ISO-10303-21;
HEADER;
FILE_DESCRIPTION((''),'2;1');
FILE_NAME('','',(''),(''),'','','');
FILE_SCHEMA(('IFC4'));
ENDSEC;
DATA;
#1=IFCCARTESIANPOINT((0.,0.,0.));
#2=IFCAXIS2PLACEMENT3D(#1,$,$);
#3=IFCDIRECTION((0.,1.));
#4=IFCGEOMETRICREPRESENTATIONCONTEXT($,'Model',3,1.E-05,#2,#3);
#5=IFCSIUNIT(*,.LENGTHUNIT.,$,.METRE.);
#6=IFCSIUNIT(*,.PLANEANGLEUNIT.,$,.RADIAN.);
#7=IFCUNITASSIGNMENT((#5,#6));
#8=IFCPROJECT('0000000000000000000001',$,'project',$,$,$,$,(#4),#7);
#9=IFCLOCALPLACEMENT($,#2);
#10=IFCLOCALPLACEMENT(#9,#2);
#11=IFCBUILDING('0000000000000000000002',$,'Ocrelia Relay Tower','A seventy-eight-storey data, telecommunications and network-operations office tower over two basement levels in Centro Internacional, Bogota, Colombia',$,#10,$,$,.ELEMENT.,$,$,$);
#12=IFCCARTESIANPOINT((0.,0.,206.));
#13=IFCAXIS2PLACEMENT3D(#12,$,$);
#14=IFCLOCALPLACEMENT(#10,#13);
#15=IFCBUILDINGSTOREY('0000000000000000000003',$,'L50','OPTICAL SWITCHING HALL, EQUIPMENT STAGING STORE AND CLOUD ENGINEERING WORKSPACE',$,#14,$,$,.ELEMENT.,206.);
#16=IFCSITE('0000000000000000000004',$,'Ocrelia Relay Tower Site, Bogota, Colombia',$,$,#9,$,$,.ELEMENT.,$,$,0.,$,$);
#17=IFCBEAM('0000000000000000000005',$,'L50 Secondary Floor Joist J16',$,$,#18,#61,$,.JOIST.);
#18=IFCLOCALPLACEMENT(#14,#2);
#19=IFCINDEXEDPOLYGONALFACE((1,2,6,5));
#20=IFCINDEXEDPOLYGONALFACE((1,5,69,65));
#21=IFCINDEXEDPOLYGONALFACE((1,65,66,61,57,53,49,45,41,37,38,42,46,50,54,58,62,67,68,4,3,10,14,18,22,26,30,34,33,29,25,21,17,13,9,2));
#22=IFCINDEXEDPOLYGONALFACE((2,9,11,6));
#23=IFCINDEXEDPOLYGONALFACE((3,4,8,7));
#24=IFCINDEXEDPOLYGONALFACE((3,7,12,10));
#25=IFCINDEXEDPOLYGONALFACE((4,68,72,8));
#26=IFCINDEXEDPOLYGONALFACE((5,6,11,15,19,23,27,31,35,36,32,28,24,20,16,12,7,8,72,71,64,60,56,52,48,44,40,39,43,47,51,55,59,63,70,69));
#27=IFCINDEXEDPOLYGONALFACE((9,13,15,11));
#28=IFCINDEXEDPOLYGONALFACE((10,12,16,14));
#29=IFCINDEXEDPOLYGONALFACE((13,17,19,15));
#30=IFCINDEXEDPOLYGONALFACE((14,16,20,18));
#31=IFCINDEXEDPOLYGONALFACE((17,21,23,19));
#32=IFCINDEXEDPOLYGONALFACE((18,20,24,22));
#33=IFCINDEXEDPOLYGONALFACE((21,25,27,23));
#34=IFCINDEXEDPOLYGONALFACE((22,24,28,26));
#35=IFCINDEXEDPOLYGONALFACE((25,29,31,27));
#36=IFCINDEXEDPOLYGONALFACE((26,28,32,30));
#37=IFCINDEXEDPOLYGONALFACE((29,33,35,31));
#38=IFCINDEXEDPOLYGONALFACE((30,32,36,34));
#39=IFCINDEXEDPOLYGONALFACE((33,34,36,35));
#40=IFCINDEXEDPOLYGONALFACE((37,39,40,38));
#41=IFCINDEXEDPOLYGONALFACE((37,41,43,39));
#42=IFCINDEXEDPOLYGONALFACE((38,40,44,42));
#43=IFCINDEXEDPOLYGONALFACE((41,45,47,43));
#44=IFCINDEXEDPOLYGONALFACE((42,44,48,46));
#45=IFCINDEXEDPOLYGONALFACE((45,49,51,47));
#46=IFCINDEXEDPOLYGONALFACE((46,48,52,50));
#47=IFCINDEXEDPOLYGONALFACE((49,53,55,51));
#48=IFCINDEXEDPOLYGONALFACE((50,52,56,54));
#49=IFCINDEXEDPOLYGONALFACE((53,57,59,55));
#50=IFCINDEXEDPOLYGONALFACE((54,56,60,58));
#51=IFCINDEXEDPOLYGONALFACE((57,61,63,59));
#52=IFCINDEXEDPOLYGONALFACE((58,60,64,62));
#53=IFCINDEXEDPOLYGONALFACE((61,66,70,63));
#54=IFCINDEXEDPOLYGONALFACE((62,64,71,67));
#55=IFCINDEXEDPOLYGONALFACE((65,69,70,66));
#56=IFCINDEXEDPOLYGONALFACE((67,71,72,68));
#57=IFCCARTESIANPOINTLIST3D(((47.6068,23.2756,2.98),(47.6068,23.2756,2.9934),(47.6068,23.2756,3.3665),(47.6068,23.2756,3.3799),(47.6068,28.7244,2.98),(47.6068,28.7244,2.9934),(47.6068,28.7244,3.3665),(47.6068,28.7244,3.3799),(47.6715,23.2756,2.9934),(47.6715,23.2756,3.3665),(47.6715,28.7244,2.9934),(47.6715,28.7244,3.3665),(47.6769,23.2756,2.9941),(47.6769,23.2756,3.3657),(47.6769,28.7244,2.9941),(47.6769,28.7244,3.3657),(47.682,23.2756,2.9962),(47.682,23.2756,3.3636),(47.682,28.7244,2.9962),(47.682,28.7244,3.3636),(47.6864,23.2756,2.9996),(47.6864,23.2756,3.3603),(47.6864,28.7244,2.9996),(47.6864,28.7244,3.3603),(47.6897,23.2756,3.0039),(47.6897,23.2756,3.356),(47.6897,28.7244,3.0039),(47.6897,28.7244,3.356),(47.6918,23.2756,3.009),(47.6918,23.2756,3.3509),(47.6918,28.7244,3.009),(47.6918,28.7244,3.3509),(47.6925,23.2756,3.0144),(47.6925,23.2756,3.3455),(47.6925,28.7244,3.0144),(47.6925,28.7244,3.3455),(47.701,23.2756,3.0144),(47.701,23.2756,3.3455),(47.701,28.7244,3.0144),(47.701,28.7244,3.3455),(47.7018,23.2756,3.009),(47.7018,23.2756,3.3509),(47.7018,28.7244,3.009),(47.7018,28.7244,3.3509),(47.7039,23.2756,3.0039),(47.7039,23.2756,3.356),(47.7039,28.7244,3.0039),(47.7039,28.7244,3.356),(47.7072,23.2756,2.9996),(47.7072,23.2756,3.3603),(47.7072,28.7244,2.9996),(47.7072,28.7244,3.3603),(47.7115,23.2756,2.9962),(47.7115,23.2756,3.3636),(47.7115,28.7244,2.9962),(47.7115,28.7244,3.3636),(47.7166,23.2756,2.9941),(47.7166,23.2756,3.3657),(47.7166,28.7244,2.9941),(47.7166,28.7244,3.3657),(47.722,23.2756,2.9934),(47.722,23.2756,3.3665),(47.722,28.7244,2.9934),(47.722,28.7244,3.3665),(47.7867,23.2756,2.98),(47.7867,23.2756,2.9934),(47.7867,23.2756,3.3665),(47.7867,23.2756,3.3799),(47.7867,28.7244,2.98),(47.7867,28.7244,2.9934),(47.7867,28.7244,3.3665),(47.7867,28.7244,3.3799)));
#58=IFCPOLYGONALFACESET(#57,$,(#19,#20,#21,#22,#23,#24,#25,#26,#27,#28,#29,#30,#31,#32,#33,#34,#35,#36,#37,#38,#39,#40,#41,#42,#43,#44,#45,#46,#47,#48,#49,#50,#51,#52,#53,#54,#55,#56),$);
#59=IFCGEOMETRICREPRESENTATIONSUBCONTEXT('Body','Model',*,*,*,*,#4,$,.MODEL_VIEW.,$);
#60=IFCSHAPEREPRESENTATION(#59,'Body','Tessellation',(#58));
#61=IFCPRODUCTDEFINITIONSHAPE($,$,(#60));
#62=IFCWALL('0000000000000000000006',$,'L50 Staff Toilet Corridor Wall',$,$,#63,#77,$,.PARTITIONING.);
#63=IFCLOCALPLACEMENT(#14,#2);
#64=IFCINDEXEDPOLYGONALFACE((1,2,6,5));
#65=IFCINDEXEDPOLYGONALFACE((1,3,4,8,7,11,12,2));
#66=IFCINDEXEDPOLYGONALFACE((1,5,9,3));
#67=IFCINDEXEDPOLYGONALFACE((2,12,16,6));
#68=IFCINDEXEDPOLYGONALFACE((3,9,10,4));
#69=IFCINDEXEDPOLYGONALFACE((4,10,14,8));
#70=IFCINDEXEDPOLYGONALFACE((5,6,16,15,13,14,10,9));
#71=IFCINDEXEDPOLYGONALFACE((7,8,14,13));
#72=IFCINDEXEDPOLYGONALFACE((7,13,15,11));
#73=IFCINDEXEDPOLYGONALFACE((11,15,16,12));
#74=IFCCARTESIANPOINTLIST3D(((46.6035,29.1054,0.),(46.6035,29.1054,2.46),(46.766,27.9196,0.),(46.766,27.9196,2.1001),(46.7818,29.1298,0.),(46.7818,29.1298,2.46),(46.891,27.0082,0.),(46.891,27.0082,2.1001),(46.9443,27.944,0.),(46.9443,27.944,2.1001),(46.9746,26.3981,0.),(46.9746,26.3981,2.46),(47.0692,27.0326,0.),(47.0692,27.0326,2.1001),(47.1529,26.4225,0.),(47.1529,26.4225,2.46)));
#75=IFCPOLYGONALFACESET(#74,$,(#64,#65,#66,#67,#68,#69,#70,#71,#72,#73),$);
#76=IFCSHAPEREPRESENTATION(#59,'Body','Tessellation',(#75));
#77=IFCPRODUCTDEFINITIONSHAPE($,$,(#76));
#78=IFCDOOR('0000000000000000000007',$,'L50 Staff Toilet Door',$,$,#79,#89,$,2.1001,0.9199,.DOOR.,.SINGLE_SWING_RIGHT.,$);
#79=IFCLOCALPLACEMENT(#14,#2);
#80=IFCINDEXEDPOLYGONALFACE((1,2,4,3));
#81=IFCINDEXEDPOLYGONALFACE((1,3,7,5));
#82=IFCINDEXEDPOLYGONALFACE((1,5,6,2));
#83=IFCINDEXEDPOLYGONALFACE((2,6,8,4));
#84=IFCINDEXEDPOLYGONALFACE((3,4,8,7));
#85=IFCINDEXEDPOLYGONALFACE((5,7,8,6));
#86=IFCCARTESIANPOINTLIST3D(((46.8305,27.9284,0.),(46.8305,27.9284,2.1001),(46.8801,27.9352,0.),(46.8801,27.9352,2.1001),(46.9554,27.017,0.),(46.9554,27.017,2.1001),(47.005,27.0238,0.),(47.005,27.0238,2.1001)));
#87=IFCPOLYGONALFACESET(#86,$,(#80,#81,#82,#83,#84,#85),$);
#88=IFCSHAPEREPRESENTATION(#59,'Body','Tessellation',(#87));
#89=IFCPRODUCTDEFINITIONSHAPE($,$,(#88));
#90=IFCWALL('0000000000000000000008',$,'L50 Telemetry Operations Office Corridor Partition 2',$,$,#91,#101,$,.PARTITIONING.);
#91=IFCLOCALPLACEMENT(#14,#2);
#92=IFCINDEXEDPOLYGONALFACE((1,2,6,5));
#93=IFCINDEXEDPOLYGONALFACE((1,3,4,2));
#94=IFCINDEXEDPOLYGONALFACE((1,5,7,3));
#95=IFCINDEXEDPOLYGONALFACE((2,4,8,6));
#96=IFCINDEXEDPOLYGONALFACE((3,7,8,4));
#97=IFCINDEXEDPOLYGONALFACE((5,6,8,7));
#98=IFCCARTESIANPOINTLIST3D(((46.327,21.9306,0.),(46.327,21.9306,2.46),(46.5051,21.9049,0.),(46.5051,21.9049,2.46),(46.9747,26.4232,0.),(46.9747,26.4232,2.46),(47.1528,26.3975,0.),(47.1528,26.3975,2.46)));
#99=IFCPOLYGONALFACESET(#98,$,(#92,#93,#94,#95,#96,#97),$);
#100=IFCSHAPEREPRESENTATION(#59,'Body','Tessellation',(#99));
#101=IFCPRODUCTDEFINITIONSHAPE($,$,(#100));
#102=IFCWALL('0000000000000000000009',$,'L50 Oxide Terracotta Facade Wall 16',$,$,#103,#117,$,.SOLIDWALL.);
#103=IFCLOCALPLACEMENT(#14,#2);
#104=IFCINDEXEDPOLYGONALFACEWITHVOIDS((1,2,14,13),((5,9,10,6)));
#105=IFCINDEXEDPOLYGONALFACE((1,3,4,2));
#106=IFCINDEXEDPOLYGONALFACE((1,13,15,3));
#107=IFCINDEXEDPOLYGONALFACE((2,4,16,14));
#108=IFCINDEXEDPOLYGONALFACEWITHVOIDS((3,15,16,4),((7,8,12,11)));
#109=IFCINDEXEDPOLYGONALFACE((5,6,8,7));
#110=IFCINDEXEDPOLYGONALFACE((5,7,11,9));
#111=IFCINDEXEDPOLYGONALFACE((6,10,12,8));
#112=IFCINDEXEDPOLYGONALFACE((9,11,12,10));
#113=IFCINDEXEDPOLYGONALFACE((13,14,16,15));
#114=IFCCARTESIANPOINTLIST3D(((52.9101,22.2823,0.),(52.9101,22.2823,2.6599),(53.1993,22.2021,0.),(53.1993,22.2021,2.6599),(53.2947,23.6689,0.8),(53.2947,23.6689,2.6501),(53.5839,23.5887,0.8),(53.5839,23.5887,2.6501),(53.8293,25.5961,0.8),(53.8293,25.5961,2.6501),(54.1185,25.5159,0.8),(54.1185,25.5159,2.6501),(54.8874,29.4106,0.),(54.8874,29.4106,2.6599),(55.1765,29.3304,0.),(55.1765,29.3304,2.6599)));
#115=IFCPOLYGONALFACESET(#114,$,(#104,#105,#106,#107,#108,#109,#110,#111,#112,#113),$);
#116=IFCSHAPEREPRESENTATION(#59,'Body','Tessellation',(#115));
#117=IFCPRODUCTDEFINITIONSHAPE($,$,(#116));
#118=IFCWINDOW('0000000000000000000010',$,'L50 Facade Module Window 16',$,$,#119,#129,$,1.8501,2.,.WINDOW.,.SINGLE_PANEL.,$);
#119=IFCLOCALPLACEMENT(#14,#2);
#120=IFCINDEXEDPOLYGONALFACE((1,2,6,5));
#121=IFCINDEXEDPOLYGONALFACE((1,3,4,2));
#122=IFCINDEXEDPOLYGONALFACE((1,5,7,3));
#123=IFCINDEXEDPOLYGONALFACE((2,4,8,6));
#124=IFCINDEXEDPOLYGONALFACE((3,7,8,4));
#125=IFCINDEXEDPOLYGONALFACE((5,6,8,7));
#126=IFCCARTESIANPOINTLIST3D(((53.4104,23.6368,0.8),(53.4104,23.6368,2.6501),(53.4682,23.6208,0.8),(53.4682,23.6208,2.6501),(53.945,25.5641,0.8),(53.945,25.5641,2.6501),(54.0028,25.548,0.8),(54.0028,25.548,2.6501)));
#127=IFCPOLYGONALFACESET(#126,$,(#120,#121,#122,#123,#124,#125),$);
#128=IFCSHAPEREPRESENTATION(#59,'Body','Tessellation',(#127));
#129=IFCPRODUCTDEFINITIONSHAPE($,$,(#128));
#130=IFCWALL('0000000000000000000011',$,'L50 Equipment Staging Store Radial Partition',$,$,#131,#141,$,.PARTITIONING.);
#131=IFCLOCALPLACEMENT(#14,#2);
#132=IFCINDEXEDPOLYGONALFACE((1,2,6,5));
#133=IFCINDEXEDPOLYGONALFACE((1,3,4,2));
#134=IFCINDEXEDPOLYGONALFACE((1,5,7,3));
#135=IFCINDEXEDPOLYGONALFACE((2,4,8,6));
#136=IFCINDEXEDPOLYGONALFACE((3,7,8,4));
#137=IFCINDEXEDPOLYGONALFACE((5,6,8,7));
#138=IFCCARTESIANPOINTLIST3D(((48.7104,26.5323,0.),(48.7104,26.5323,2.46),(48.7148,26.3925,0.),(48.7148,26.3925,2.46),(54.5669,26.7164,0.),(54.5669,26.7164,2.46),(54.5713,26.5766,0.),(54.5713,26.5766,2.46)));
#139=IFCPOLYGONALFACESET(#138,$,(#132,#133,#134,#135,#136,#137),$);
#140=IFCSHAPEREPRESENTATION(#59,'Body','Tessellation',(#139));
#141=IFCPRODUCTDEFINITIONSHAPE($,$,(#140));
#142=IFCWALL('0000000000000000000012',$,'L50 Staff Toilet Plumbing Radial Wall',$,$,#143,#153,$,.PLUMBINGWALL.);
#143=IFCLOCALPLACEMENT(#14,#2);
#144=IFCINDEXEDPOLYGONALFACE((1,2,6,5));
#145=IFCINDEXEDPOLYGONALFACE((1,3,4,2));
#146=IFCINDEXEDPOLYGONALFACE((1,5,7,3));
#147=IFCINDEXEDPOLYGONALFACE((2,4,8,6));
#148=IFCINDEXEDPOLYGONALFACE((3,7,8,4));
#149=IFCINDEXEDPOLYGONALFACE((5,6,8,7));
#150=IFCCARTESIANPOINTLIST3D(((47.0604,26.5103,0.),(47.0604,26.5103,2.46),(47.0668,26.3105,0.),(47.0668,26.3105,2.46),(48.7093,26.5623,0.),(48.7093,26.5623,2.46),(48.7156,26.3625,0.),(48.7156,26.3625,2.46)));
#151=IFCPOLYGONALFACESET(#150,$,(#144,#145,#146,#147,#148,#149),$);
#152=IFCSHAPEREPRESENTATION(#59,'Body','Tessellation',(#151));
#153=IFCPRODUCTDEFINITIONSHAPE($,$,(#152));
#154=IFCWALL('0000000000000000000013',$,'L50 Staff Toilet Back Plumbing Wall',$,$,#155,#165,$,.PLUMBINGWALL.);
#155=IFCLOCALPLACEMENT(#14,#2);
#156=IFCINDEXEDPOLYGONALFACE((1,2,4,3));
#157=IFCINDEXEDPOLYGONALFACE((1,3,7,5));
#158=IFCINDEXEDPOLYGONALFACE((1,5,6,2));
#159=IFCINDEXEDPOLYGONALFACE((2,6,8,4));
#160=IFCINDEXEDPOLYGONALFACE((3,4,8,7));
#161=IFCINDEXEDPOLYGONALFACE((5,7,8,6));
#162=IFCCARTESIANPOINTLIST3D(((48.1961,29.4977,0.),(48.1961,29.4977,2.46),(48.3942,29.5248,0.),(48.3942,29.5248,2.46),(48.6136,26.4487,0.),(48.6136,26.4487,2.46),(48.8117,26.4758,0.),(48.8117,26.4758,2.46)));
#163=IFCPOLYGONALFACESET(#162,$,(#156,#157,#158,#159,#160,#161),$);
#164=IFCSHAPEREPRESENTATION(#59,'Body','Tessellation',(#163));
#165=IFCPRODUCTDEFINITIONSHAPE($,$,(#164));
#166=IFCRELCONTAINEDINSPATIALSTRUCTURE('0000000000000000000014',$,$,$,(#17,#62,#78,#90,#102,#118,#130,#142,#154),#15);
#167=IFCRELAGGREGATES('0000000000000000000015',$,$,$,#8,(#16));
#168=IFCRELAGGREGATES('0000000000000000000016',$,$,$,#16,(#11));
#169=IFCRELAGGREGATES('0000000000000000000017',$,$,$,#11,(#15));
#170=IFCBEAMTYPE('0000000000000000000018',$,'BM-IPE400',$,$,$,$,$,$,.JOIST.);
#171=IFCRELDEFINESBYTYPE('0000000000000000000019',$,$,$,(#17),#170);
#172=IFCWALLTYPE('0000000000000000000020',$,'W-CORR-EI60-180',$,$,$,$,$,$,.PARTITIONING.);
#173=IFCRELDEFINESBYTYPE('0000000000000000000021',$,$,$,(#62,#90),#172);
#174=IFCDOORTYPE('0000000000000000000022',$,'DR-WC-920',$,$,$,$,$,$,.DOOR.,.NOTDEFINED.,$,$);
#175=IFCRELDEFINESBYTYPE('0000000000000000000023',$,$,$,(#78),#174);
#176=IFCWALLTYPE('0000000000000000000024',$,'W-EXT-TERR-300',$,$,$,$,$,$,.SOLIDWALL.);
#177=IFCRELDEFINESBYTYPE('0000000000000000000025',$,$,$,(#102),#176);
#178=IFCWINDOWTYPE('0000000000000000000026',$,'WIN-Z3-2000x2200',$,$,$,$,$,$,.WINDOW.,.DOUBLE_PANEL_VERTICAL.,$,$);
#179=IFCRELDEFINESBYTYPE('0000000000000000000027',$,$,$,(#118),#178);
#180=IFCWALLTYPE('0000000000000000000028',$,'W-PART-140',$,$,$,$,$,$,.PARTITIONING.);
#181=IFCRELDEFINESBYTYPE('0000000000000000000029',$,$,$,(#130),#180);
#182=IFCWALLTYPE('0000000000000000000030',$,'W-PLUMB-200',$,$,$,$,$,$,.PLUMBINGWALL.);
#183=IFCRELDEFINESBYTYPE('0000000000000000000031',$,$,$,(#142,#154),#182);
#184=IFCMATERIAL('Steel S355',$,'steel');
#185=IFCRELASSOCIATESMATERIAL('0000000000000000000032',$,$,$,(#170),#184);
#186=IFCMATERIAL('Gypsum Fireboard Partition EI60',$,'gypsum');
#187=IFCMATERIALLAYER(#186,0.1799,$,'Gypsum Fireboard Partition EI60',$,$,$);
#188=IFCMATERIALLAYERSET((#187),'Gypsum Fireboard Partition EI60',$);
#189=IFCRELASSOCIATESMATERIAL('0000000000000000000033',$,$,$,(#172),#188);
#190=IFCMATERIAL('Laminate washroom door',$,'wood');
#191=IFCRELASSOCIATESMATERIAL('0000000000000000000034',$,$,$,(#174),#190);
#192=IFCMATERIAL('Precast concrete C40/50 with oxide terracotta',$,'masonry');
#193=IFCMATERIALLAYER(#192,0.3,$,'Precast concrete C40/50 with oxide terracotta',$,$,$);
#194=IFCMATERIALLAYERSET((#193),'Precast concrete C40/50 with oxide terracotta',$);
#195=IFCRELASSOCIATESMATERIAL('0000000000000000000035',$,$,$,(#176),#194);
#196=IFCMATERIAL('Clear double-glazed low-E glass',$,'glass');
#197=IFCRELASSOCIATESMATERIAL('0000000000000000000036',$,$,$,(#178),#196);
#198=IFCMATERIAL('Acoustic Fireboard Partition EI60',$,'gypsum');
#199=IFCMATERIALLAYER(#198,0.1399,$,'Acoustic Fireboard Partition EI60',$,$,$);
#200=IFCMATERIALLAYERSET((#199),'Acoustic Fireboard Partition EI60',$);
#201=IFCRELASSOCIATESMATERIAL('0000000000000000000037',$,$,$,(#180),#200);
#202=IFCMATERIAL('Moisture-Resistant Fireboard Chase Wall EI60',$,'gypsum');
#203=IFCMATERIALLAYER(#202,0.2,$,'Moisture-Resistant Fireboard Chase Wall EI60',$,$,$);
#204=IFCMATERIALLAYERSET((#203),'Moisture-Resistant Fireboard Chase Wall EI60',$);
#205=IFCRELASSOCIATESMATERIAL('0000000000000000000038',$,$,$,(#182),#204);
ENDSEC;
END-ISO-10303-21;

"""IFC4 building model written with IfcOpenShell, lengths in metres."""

from ifc_helpers import new_model, si_unit, direction, frame, frame_2d, origin, origin_2d, place, context, subcontext, project, spatial, rectangle, i_section, extrude, material, layer, layer_set, material_profile, profile_set, type_object, element, fill, save


model = new_model("IFC4")

# Units and contexts
model_context = context("Model", 3, precision=1e-05, world=origin(), true_north=direction((0.0, 1.0)))
body_context = subcontext(model_context, "Body", "Model", "MODEL_VIEW")
ifc_project = project(units=[si_unit("LENGTHUNIT", "METRE"), si_unit("PLANEANGLEUNIT", "RADIAN")], contexts=[model_context])

# Site, building, storey
site_placement = place(None, origin())
site = spatial("IfcSite", under=ifc_project, at=site_placement, Name="Ocrelia Relay Tower Site, Bogota, Colombia", CompositionType="ELEMENT", RefElevation=0.0)
building_placement = place(site_placement, origin())
building = spatial("IfcBuilding", under=site, at=building_placement, Name="Ocrelia Relay Tower", Description="A seventy-eight-storey data, telecommunications and network-operations office tower over two basement levels in Centro Internacional, Bogota, Colombia", CompositionType="ELEMENT")
storey_placement = place(building_placement, frame((0.0, 0.0, 206.0)))
storey = spatial("IfcBuildingStorey", under=building, at=storey_placement, Name="L50", Description="OPTICAL SWITCHING HALL, EQUIPMENT STAGING STORE AND CLOUD ENGINEERING WORKSPACE", CompositionType="ELEMENT", Elevation=206.0)

# Beam
ifc_material_1 = material(Name="Steel S355", Category="steel")
ifc_material_profile_1 = material_profile(ifc_material_1, i_section(OverallWidth=0.1799, OverallDepth=0.3999, WebThickness=0.0085, FlangeThickness=0.0134, FilletRadius=0.021, at=origin_2d()), Name="IPE 400")
ifc_profile_set_1 = profile_set([ifc_material_profile_1], Name="Steel S355")
beam_type_1 = type_object("IfcBeamType", Name="BM-IPE400", PredefinedType="JOIST", material=ifc_profile_set_1)
beam_1_placement = place(storey_placement, frame((47.6968, 23.2756, 3.1799), z_axis=(0.0, 1.0, 0.0), x_axis=(-1.0, 0.0, 0.0)))
element("IfcBeam", 1, at=beam_1_placement, inside=storey, type_object=beam_type_1, Name="L50 Secondary Floor Joist J16", PredefinedType="JOIST", context=body_context, shape_type="SweptSolid", body=[
    extrude(i_section(OverallWidth=0.1799, OverallDepth=0.3999, WebThickness=0.0085, FlangeThickness=0.0134, FilletRadius=0.021, at=origin_2d()), origin(), (0.0, 0.0, 1.0), 5.4487),
])

# Wall, opening, door
ifc_material_2 = material(Name="Gypsum Fireboard Partition EI60", Category="gypsum")
ifc_layer_1 = layer(ifc_material_2, 0.1799, Name="Gypsum Fireboard Partition EI60")
ifc_layer_set_1 = layer_set([ifc_layer_1], Name="Gypsum Fireboard Partition EI60")
wall_type_1 = type_object("IfcWallType", Name="W-CORR-EI60-180", PredefinedType="PARTITIONING", material=ifc_layer_set_1)
wall_1_placement = place(storey_placement, frame((47.0637, 26.4104, 0.0), z_axis=(0.0, 0.0, 1.0), x_axis=(-0.135803, 0.990736, 0.0)))
wall_1 = element("IfcWall", 2, at=wall_1_placement, inside=storey, type_object=wall_type_1, Name="L50 Staff Toilet Corridor Wall", PredefinedType="PARTITIONING", context=body_context, shape_type="SweptSolid", body=[
    extrude(rectangle(XDim=2.7327, YDim=0.1799, at=frame_2d((1.3662, 0.0))), origin(), (0.0, 0.0, 1.0), 2.46),
])
opening_1_placement = place(wall_1_placement, frame((0.6157, 0.0, 0.0)))
opening_1 = element("IfcOpeningElement", 3, at=opening_1_placement, cuts=wall_1, PredefinedType="OPENING", context=body_context, shape_type="SweptSolid", body=[
    extrude(rectangle(XDim=0.9199, YDim=2.1001, at=frame_2d((0.46, 1.05))), frame((0.0, 0.1001, 0.0), z_axis=(0.0, -1.0, 0.0), x_axis=(1.0, 0.0, 0.0)), (0.0, 0.0, 1.0), 0.2),
])
ifc_material_3 = material(Name="Laminate washroom door", Category="wood")
door_type = type_object("IfcDoorType", Name="DR-WC-920", OperationType="NOTDEFINED", PredefinedType="DOOR", material=ifc_material_3)
door_placement = place(opening_1_placement, origin())
door = element("IfcDoor", 4, at=door_placement, inside=storey, type_object=door_type, Name="L50 Staff Toilet Door", OperationType="SINGLE_SWING_RIGHT", OverallHeight=2.1001, OverallWidth=0.9199, PredefinedType="DOOR", context=body_context, shape_type="SweptSolid", body=[
    extrude(rectangle(XDim=0.9199, YDim=2.1001, at=frame_2d((0.46, 1.05))), frame((0.0, 0.0249, 0.0), z_axis=(0.0, -1.0, 0.0), x_axis=(1.0, 0.0, 0.0)), (0.0, 0.0, 1.0), 0.05),
])
fill(opening_1, door)

# Wall
wall_2_placement = place(storey_placement, frame((46.416, 21.9177, 0.0), z_axis=(0.0, 0.0, 1.0), x_axis=(0.142694, 0.989767, 0.0)))
element("IfcWall", 5, at=wall_2_placement, inside=storey, type_object=wall_type_1, Name="L50 Telemetry Operations Office Corridor Partition 2", PredefinedType="PARTITIONING", context=body_context, shape_type="SweptSolid", body=[
    extrude(rectangle(XDim=4.5391, YDim=0.1799, at=frame_2d((2.2695, 0.0))), origin(), (0.0, 0.0, 1.0), 2.46),
])

# Wall, opening, window
ifc_material_4 = material(Name="Precast concrete C40/50 with oxide terracotta", Category="masonry")
ifc_layer_2 = layer(ifc_material_4, 0.3, Name="Precast concrete C40/50 with oxide terracotta")
ifc_layer_set_2 = layer_set([ifc_layer_2], Name="Precast concrete C40/50 with oxide terracotta")
wall_type_2 = type_object("IfcWallType", Name="W-EXT-TERR-300", PredefinedType="SOLIDWALL", material=ifc_layer_set_2)
wall_3_placement = place(storey_placement, frame((53.0547, 22.2422, 0.0), z_axis=(0.0, 0.0, 1.0), x_axis=(0.26729, 0.963616, 0.0)))
wall_3 = element("IfcWall", 6, at=wall_3_placement, inside=storey, type_object=wall_type_2, Name="L50 Oxide Terracotta Facade Wall 16", PredefinedType="SOLIDWALL", context=body_context, shape_type="SweptSolid", body=[
    extrude(rectangle(XDim=7.3975, YDim=0.3, at=frame_2d((3.6987, 0.0))), origin(), (0.0, 0.0, 1.0), 2.6599),
])
opening_2_placement = place(wall_3_placement, frame((1.439, 0.0, 0.8)))
opening_2 = element("IfcOpeningElement", 7, at=opening_2_placement, cuts=wall_3, PredefinedType="OPENING", context=body_context, shape_type="SweptSolid", body=[
    extrude(rectangle(XDim=2.0, YDim=1.8501, at=frame_2d((1.0, 0.925))), frame((0.0, 0.1602, 0.0), z_axis=(0.0, -1.0, 0.0), x_axis=(1.0, 0.0, 0.0)), (0.0, 0.0, 1.0), 0.3201),
])
ifc_material_5 = material(Name="Clear double-glazed low-E glass", Category="glass")
window_type = type_object("IfcWindowType", Name="WIN-Z3-2000x2200", PartitioningType="DOUBLE_PANEL_VERTICAL", PredefinedType="WINDOW", material=ifc_material_5)
window_placement = place(opening_2_placement, origin())
window = element("IfcWindow", 8, at=window_placement, inside=storey, type_object=window_type, Name="L50 Facade Module Window 16", OverallHeight=1.8501, OverallWidth=2.0, PartitioningType="SINGLE_PANEL", PredefinedType="WINDOW", context=body_context, shape_type="SweptSolid", body=[
    extrude(rectangle(XDim=2.0, YDim=1.8501, at=frame_2d((1.0, 0.925))), frame((0.0, 0.03, 0.0), z_axis=(0.0, -1.0, 0.0), x_axis=(1.0, 0.0, 0.0)), (0.0, 0.0, 1.0), 0.0601),
])
fill(opening_2, window)

# Walls
ifc_material_6 = material(Name="Acoustic Fireboard Partition EI60", Category="gypsum")
ifc_layer_3 = layer(ifc_material_6, 0.1399, Name="Acoustic Fireboard Partition EI60")
ifc_layer_set_3 = layer_set([ifc_layer_3], Name="Acoustic Fireboard Partition EI60")
wall_type_3 = type_object("IfcWallType", Name="W-PART-140", PredefinedType="PARTITIONING", material=ifc_layer_set_3)
wall_4_placement = place(storey_placement, frame((48.7126, 26.4624, 0.0), z_axis=(0.0, 0.0, 1.0), x_axis=(0.999506, 0.031417, 0.0)))
element("IfcWall", 9, at=wall_4_placement, inside=storey, type_object=wall_type_3, Name="L50 Equipment Staging Store Radial Partition", PredefinedType="PARTITIONING", context=body_context, shape_type="SweptSolid", body=[
    extrude(rectangle(XDim=5.8594, YDim=0.1399, at=frame_2d((2.9297, 0.0))), origin(), (0.0, 0.0, 1.0), 2.46),
])
ifc_material_7 = material(Name="Moisture-Resistant Fireboard Chase Wall EI60", Category="gypsum")
ifc_layer_4 = layer(ifc_material_7, 0.2, Name="Moisture-Resistant Fireboard Chase Wall EI60")
ifc_layer_set_4 = layer_set([ifc_layer_4], Name="Moisture-Resistant Fireboard Chase Wall EI60")
wall_type_4 = type_object("IfcWallType", Name="W-PLUMB-200", PredefinedType="PLUMBINGWALL", material=ifc_layer_set_4)
wall_5_placement = place(storey_placement, frame((47.0637, 26.4104, 0.0), z_axis=(0.0, 0.0, 1.0), x_axis=(0.999503, 0.031521, 0.0)))
element("IfcWall", 10, at=wall_5_placement, inside=storey, type_object=wall_type_4, Name="L50 Staff Toilet Plumbing Radial Wall", PredefinedType="PLUMBINGWALL", context=body_context, shape_type="SweptSolid", body=[
    extrude(rectangle(XDim=1.6497, YDim=0.2, at=frame_2d((0.8247, 0.0))), origin(), (0.0, 0.0, 1.0), 2.46),
])
wall_6_placement = place(storey_placement, frame((48.7126, 26.4624, 0.0), z_axis=(0.0, 0.0, 1.0), x_axis=(-0.135665, 0.990755, 0.0)))
element("IfcWall", 11, at=wall_6_placement, inside=storey, type_object=wall_type_4, Name="L50 Staff Toilet Back Plumbing Wall", PredefinedType="PLUMBINGWALL", context=body_context, shape_type="SweptSolid", body=[
    extrude(rectangle(XDim=3.0774, YDim=0.2, at=frame_2d((1.5386, 0.0))), origin(), (0.0, 0.0, 1.0), 2.46),
])

save(model, "model.ifc")
